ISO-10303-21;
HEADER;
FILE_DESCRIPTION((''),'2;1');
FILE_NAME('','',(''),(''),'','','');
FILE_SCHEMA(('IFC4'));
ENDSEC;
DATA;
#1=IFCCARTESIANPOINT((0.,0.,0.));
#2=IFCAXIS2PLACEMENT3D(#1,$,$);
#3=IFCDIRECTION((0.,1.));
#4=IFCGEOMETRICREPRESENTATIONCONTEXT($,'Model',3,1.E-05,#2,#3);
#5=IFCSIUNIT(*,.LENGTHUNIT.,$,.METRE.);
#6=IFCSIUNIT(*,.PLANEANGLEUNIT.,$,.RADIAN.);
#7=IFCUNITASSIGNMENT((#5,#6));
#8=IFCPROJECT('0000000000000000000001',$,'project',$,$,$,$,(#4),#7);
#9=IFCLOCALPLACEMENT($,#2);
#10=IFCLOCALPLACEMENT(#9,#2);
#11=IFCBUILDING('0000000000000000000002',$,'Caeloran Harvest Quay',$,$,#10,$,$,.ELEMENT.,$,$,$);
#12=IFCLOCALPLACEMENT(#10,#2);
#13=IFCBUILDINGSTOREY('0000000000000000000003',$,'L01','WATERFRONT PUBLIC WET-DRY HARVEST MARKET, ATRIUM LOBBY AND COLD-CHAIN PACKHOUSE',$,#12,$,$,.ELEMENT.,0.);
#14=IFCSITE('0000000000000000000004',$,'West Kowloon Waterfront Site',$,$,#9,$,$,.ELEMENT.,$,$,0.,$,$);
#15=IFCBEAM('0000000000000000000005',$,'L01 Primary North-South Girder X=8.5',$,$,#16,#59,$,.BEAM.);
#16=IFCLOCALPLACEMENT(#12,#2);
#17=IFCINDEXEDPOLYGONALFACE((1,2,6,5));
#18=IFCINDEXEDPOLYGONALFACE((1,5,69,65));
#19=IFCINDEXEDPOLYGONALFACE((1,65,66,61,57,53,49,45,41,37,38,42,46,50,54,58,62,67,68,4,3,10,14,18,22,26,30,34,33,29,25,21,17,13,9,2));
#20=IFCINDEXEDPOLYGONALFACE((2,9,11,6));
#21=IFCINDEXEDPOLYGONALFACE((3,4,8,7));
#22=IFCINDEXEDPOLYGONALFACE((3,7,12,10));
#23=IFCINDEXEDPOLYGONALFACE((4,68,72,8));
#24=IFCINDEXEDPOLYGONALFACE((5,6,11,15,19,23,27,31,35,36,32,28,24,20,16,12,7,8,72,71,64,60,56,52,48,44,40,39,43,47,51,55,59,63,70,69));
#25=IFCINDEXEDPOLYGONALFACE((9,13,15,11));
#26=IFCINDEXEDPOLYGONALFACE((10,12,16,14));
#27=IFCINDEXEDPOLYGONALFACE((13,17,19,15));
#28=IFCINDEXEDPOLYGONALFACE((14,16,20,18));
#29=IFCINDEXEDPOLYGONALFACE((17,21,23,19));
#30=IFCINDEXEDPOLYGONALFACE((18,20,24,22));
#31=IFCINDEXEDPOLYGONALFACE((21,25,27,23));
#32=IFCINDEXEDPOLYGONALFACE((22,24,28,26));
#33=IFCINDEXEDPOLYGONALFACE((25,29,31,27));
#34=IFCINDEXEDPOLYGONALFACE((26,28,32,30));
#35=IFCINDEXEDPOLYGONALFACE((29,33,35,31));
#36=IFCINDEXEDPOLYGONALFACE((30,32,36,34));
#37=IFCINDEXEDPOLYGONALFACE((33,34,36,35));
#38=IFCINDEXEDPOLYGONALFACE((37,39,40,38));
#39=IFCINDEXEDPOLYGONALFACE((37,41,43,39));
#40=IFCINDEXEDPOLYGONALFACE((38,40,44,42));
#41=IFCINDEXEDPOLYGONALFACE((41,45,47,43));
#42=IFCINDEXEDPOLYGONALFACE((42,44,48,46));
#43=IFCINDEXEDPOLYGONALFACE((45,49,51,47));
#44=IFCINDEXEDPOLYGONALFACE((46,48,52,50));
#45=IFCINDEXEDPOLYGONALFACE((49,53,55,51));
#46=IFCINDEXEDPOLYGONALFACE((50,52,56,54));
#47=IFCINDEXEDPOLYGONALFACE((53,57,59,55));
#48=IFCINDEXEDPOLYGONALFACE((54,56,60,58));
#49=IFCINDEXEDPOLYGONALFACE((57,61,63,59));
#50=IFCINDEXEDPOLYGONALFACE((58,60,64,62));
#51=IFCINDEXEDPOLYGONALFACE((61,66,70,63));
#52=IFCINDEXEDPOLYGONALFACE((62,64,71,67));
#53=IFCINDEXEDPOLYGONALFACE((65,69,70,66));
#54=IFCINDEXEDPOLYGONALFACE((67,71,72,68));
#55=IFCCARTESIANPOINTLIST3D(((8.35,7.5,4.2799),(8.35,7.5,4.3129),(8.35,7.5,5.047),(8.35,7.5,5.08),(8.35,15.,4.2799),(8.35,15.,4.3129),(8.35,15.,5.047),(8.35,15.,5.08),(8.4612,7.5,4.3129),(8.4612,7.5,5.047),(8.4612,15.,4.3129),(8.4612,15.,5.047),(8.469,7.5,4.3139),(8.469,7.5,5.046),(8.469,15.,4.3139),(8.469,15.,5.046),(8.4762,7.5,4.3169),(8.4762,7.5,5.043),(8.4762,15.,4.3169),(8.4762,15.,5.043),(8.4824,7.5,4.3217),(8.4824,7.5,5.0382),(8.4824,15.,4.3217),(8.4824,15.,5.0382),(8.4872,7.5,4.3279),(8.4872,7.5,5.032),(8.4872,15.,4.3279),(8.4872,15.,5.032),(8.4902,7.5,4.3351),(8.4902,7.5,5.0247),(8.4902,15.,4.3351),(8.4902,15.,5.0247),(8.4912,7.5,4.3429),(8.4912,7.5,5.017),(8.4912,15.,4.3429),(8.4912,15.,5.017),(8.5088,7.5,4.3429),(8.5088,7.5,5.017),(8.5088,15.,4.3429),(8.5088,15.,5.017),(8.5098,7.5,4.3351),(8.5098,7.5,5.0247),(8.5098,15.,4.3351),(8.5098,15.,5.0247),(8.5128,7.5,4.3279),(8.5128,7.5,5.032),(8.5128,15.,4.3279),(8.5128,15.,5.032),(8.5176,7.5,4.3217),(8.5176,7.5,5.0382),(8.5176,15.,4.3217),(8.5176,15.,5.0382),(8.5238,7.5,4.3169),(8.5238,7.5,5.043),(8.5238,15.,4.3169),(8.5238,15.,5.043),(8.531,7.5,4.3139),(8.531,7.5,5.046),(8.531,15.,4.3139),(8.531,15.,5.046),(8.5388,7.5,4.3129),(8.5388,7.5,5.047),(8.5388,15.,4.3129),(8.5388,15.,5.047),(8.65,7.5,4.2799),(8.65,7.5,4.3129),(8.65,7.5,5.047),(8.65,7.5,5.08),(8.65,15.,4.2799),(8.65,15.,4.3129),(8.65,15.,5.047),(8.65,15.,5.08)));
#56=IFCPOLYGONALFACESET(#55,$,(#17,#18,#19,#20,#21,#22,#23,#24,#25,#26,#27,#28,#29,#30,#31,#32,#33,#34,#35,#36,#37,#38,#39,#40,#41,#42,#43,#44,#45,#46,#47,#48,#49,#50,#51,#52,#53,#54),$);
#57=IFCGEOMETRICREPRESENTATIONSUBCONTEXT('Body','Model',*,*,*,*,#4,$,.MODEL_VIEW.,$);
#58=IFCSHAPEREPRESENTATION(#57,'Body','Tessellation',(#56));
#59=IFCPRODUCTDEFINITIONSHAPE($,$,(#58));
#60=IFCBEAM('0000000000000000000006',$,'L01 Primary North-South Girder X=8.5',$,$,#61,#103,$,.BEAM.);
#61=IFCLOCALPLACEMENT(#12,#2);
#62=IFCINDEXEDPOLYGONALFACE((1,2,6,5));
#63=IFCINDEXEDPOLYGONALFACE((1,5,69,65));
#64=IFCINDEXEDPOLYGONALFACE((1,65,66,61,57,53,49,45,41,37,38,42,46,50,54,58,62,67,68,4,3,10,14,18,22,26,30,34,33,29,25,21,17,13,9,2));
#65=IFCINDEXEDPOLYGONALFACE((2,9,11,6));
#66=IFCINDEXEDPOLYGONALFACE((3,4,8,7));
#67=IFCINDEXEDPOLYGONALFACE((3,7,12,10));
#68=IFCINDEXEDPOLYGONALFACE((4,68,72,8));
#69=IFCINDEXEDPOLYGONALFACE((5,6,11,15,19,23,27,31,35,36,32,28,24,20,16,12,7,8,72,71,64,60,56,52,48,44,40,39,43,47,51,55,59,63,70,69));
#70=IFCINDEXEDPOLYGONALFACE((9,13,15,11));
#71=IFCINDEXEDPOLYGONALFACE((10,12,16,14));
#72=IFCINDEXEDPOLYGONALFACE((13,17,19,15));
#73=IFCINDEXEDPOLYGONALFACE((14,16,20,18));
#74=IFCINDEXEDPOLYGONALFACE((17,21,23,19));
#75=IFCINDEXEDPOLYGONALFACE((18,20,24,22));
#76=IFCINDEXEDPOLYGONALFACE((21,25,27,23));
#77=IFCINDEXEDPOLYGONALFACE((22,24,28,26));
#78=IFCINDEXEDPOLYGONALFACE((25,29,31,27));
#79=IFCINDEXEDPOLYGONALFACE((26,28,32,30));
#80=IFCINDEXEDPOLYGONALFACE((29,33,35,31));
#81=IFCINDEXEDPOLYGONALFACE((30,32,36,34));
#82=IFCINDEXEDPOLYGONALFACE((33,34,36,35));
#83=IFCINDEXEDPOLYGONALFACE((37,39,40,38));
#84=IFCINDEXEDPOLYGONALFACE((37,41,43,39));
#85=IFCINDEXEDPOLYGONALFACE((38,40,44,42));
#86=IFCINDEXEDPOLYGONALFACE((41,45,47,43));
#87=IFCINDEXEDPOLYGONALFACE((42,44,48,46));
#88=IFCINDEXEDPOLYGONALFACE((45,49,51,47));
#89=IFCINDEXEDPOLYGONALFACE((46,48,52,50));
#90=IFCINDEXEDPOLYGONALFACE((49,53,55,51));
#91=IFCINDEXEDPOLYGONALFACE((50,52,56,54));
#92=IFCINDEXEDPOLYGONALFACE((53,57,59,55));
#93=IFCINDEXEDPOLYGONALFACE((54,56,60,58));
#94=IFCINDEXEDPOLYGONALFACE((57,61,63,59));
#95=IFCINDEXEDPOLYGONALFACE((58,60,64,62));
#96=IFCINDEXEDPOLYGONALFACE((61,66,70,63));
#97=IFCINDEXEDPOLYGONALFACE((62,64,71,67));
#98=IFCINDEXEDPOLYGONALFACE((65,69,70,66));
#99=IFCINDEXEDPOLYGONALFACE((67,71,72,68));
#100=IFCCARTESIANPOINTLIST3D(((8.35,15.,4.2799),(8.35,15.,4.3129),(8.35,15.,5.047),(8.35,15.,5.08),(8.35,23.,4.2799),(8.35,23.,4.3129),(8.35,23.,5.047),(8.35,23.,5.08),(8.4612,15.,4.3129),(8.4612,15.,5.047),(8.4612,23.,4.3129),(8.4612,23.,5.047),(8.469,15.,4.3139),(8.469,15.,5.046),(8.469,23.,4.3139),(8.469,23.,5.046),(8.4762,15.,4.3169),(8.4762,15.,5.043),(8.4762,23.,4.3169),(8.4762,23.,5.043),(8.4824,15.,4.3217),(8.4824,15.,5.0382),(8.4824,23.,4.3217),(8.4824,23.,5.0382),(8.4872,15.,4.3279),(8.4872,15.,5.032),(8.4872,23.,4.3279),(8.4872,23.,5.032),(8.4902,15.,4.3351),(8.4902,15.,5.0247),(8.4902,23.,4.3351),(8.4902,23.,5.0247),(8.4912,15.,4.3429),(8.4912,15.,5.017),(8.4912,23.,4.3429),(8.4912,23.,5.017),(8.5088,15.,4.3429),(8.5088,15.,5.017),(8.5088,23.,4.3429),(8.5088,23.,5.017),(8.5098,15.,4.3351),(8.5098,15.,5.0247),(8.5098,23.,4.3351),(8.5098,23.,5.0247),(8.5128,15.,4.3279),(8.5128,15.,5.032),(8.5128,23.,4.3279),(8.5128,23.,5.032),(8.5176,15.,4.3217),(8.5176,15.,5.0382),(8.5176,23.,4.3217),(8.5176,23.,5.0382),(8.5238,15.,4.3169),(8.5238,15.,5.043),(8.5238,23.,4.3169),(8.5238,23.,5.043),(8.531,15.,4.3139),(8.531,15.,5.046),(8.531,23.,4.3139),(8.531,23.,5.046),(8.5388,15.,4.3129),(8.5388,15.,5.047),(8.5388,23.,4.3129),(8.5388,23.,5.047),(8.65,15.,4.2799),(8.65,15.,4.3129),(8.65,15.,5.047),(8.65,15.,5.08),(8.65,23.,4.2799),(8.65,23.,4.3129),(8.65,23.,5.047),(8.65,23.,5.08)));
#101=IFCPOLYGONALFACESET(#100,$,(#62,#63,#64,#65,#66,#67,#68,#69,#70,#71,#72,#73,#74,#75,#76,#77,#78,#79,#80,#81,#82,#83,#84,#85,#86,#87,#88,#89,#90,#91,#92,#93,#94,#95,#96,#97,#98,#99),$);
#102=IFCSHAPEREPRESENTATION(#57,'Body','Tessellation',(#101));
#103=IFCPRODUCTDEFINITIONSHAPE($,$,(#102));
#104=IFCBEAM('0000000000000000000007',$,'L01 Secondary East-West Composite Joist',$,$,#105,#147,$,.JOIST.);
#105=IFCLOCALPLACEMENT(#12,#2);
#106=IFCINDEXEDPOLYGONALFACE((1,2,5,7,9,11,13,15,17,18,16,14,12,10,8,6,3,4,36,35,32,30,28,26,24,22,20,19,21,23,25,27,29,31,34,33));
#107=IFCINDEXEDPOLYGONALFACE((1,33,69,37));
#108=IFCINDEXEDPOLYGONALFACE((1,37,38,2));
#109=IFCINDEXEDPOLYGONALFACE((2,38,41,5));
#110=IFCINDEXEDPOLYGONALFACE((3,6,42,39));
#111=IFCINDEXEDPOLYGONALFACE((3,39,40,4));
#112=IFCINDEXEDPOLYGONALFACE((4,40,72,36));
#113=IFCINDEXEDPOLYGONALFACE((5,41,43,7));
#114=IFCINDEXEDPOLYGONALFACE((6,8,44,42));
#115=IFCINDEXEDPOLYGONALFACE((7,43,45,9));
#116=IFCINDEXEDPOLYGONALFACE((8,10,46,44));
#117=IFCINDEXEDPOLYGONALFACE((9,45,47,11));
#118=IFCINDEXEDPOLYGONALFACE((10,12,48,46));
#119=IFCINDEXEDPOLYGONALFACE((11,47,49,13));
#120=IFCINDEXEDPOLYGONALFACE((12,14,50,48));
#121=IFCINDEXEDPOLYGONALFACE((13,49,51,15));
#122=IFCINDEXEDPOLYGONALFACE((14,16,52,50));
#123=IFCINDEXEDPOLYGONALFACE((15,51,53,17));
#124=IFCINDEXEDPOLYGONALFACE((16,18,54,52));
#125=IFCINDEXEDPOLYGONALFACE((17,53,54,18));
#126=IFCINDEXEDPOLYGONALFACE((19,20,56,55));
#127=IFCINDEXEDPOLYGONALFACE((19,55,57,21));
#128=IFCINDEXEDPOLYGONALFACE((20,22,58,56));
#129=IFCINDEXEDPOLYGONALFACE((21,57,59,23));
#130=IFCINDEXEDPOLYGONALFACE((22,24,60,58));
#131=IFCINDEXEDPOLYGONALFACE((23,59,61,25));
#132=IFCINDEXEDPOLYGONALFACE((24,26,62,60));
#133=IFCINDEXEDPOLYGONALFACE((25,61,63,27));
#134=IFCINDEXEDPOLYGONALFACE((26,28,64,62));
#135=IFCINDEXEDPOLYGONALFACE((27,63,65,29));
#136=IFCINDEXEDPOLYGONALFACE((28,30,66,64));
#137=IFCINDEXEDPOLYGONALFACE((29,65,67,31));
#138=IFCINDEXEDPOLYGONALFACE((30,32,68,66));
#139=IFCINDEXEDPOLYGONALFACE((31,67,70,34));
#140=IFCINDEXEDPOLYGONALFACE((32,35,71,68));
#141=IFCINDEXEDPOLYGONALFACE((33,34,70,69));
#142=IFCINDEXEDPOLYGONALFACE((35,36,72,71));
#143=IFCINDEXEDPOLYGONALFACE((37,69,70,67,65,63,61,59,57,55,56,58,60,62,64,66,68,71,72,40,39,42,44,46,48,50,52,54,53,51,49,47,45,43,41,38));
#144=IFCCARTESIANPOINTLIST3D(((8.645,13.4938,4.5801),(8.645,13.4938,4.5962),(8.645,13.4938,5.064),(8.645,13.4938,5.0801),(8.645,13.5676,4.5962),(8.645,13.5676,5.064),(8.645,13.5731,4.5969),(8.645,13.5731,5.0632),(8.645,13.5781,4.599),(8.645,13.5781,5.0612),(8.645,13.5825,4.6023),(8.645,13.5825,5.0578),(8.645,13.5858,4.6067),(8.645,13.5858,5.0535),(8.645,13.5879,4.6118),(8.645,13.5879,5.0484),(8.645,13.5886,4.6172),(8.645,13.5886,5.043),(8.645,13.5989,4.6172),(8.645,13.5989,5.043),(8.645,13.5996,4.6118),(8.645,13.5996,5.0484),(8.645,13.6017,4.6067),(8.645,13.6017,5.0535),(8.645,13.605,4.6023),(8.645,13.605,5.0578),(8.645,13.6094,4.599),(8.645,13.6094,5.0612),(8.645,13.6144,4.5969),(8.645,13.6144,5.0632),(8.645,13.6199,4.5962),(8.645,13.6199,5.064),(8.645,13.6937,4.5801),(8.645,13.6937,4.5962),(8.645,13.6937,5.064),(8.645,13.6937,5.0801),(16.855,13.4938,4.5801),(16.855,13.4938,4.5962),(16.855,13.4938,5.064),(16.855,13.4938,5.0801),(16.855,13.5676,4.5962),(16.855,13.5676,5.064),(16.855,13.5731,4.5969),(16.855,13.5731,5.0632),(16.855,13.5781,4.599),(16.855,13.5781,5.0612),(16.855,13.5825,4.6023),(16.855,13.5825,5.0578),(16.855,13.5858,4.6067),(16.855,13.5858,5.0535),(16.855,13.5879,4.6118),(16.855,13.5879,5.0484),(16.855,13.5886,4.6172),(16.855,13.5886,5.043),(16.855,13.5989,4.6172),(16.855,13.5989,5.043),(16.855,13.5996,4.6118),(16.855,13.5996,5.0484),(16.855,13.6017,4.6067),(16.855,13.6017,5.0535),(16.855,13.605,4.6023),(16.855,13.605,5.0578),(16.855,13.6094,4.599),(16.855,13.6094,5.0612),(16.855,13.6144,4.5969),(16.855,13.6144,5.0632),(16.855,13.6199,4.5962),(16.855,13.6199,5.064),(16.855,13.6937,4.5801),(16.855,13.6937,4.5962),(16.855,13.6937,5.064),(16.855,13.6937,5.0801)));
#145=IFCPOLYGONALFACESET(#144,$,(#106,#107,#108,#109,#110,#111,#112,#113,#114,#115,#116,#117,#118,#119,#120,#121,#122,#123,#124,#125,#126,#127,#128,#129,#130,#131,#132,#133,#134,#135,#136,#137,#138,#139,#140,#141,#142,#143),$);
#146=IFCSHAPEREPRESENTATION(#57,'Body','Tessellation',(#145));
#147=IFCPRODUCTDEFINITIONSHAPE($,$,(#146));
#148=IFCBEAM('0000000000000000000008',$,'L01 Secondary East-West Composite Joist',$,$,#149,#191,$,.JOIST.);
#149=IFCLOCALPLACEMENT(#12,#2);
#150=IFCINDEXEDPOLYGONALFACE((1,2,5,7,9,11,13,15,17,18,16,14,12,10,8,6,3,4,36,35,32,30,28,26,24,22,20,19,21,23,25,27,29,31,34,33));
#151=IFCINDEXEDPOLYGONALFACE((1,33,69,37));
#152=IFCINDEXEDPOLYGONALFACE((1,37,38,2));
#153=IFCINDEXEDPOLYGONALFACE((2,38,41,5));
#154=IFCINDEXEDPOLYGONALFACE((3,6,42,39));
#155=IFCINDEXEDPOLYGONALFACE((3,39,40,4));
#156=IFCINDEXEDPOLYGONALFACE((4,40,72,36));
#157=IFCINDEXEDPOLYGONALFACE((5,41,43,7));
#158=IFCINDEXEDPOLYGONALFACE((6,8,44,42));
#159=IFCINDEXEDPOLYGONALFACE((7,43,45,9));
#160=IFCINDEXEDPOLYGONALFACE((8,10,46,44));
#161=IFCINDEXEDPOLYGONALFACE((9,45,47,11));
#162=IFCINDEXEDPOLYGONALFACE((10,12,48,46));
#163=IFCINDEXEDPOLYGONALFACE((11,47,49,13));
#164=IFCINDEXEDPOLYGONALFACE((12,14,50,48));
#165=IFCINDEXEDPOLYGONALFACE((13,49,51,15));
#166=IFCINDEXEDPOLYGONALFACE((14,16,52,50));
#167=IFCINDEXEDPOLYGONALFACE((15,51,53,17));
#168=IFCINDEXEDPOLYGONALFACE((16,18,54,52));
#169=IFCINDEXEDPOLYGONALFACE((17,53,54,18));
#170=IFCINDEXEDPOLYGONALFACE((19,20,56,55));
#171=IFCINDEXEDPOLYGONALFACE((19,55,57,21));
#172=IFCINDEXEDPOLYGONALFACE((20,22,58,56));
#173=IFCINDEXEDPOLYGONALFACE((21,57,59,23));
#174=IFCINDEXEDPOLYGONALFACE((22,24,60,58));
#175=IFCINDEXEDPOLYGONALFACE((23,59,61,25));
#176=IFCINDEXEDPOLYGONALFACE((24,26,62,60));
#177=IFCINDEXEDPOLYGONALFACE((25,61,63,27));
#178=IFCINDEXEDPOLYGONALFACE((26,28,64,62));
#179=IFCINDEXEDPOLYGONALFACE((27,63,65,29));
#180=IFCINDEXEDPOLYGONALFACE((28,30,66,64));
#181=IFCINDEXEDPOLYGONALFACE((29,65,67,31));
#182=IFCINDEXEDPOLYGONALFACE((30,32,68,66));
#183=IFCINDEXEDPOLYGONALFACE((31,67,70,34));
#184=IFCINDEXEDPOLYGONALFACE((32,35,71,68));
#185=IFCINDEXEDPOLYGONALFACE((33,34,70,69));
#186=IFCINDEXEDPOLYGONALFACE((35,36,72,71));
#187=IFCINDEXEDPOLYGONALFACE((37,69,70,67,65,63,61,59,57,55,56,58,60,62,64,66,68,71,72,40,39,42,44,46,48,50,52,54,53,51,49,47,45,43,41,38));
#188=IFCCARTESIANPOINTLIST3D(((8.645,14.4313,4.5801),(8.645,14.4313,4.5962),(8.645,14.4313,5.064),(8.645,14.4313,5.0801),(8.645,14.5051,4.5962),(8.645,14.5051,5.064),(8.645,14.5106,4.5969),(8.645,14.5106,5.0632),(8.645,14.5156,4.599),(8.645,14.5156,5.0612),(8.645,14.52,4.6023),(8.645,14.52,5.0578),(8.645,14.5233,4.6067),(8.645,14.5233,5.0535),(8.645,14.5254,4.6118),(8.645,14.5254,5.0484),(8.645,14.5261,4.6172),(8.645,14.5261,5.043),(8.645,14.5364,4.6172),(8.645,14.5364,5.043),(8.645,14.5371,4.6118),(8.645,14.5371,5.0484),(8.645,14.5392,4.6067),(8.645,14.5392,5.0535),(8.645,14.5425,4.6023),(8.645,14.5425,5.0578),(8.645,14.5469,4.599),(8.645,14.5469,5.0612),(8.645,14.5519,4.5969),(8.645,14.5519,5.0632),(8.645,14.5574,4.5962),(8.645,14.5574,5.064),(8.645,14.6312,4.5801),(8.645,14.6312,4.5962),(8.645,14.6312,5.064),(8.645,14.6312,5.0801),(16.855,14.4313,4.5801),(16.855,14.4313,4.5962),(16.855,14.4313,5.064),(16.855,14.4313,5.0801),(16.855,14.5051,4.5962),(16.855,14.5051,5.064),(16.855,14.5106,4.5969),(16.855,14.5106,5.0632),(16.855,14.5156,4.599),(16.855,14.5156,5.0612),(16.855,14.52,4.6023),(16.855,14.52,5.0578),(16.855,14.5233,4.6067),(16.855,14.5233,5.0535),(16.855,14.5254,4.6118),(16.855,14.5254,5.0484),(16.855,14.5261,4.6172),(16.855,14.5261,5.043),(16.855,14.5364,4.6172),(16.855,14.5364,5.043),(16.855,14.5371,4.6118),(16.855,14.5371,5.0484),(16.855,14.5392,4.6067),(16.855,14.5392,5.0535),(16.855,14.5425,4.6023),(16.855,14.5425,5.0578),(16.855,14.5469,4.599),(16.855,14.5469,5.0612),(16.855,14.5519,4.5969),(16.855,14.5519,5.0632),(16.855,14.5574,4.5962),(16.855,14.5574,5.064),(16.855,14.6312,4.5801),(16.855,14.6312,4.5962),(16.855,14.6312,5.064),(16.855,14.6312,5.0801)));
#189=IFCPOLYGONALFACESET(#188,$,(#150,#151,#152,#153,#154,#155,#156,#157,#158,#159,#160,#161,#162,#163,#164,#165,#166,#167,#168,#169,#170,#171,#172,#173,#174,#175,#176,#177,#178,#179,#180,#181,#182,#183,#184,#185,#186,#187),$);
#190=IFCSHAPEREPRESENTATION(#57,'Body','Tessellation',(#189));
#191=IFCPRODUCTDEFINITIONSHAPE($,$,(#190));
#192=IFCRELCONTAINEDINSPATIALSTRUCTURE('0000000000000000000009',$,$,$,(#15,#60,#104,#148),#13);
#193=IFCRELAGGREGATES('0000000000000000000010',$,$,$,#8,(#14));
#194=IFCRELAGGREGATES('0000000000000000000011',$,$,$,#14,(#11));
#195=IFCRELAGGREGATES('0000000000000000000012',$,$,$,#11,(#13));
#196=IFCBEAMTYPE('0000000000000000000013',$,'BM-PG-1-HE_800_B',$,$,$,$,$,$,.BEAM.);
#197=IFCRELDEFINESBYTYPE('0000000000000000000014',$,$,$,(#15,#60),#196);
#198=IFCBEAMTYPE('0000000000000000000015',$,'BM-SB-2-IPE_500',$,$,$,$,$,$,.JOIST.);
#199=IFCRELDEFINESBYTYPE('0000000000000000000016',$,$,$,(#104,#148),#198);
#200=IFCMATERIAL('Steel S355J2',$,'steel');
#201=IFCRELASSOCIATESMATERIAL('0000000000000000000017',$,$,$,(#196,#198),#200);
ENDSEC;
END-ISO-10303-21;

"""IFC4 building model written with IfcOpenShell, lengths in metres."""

from ifc_helpers import new_model, si_unit, direction, frame, origin, origin_2d, place, context, subcontext, project, spatial, i_section, extrude, material, material_profile, profile_set, type_object, element, save


model = new_model("IFC4")

# Units and contexts
model_context = context("Model", 3, precision=1e-05, world=origin(), true_north=direction((0.0, 1.0)))
body_context = subcontext(model_context, "Body", "Model", "MODEL_VIEW")
ifc_project = project(units=[si_unit("LENGTHUNIT", "METRE"), si_unit("PLANEANGLEUNIT", "RADIAN")], contexts=[model_context])

# Site, building, storey
site_placement = place(None, origin())
site = spatial("IfcSite", under=ifc_project, at=site_placement, Name="West Kowloon Waterfront Site", CompositionType="ELEMENT", RefElevation=0.0)
building_placement = place(site_placement, origin())
building = spatial("IfcBuilding", under=site, at=building_placement, Name="Caeloran Harvest Quay", CompositionType="ELEMENT")
storey_placement = place(building_placement, origin())
storey = spatial("IfcBuildingStorey", under=building, at=storey_placement, Name="L01", Description="WATERFRONT PUBLIC WET-DRY HARVEST MARKET, ATRIUM LOBBY AND COLD-CHAIN PACKHOUSE", CompositionType="ELEMENT", Elevation=0.0)

# Beams
ifc_material_1 = material(Name="Steel S355J2", Category="steel")
ifc_material_profile_1 = material_profile(ifc_material_1, i_section(OverallWidth=0.3, OverallDepth=0.8, WebThickness=0.0176, FlangeThickness=0.033, FilletRadius=0.03, at=origin_2d()), Name="HE 800 B")
ifc_profile_set_1 = profile_set([ifc_material_profile_1], Name="Steel S355J2")
beam_type_1 = type_object("IfcBeamType", Name="BM-PG-1-HE_800_B", PredefinedType="BEAM", material=ifc_profile_set_1)
beam_1_placement = place(storey_placement, frame((8.5, 7.5, 4.6799), z_axis=(0.0, 1.0, 0.0), x_axis=(-1.0, 0.0, 0.0)))
element("IfcBeam", 1, at=beam_1_placement, inside=storey, type_object=beam_type_1, Name="L01 Primary North-South Girder X=8.5", PredefinedType="BEAM", context=body_context, shape_type="SweptSolid", body=[
    extrude(i_section(OverallWidth=0.3, OverallDepth=0.8, WebThickness=0.0176, FlangeThickness=0.033, FilletRadius=0.03, at=origin_2d()), origin(), (0.0, 0.0, 1.0), 7.5),
])
beam_2_placement = place(storey_placement, frame((8.5, 15.0, 4.6799), z_axis=(0.0, 1.0, 0.0), x_axis=(-1.0, 0.0, 0.0)))
element("IfcBeam", 2, at=beam_2_placement, inside=storey, type_object=beam_type_1, Name="L01 Primary North-South Girder X=8.5", PredefinedType="BEAM", context=body_context, shape_type="SweptSolid", body=[
    extrude(i_section(OverallWidth=0.3, OverallDepth=0.8, WebThickness=0.0176, FlangeThickness=0.033, FilletRadius=0.03, at=origin_2d()), origin(), (0.0, 0.0, 1.0), 8.0),
])
ifc_material_profile_2 = material_profile(ifc_material_1, i_section(OverallWidth=0.2, OverallDepth=0.5, WebThickness=0.0103, FlangeThickness=0.0161, FilletRadius=0.021, at=origin_2d()), Name="IPE 500")
ifc_profile_set_2 = profile_set([ifc_material_profile_2], Name="Steel S355J2")
beam_type_2 = type_object("IfcBeamType", Name="BM-SB-2-IPE_500", PredefinedType="JOIST", material=ifc_profile_set_2)
for number, where, z_axis, x_axis, name in (
    (3, (8.645, 13.5938, 4.8301), (1.0, 0.0, 0.0), (0.0, 1.0, 0.0), "L01 Secondary East-West Composite Joist"),
    (4, (8.645, 14.5312, 4.8301), (1.0, 0.0, 0.0), (0.0, 1.0, 0.0), "L01 Secondary East-West Composite Joist"),
):
    element("IfcBeam", number, at=place(storey_placement, frame(where, z_axis=z_axis, x_axis=x_axis)), inside=storey, type_object=beam_type_2, Name=name, PredefinedType="JOIST", context=body_context, shape_type="SweptSolid", body=[
        extrude(i_section(OverallWidth=0.2, OverallDepth=0.5, WebThickness=0.0103, FlangeThickness=0.0161, FilletRadius=0.021, at=origin_2d()), origin(), (0.0, 0.0, 1.0), 8.21),
    ])

save(model, "model.ifc")
